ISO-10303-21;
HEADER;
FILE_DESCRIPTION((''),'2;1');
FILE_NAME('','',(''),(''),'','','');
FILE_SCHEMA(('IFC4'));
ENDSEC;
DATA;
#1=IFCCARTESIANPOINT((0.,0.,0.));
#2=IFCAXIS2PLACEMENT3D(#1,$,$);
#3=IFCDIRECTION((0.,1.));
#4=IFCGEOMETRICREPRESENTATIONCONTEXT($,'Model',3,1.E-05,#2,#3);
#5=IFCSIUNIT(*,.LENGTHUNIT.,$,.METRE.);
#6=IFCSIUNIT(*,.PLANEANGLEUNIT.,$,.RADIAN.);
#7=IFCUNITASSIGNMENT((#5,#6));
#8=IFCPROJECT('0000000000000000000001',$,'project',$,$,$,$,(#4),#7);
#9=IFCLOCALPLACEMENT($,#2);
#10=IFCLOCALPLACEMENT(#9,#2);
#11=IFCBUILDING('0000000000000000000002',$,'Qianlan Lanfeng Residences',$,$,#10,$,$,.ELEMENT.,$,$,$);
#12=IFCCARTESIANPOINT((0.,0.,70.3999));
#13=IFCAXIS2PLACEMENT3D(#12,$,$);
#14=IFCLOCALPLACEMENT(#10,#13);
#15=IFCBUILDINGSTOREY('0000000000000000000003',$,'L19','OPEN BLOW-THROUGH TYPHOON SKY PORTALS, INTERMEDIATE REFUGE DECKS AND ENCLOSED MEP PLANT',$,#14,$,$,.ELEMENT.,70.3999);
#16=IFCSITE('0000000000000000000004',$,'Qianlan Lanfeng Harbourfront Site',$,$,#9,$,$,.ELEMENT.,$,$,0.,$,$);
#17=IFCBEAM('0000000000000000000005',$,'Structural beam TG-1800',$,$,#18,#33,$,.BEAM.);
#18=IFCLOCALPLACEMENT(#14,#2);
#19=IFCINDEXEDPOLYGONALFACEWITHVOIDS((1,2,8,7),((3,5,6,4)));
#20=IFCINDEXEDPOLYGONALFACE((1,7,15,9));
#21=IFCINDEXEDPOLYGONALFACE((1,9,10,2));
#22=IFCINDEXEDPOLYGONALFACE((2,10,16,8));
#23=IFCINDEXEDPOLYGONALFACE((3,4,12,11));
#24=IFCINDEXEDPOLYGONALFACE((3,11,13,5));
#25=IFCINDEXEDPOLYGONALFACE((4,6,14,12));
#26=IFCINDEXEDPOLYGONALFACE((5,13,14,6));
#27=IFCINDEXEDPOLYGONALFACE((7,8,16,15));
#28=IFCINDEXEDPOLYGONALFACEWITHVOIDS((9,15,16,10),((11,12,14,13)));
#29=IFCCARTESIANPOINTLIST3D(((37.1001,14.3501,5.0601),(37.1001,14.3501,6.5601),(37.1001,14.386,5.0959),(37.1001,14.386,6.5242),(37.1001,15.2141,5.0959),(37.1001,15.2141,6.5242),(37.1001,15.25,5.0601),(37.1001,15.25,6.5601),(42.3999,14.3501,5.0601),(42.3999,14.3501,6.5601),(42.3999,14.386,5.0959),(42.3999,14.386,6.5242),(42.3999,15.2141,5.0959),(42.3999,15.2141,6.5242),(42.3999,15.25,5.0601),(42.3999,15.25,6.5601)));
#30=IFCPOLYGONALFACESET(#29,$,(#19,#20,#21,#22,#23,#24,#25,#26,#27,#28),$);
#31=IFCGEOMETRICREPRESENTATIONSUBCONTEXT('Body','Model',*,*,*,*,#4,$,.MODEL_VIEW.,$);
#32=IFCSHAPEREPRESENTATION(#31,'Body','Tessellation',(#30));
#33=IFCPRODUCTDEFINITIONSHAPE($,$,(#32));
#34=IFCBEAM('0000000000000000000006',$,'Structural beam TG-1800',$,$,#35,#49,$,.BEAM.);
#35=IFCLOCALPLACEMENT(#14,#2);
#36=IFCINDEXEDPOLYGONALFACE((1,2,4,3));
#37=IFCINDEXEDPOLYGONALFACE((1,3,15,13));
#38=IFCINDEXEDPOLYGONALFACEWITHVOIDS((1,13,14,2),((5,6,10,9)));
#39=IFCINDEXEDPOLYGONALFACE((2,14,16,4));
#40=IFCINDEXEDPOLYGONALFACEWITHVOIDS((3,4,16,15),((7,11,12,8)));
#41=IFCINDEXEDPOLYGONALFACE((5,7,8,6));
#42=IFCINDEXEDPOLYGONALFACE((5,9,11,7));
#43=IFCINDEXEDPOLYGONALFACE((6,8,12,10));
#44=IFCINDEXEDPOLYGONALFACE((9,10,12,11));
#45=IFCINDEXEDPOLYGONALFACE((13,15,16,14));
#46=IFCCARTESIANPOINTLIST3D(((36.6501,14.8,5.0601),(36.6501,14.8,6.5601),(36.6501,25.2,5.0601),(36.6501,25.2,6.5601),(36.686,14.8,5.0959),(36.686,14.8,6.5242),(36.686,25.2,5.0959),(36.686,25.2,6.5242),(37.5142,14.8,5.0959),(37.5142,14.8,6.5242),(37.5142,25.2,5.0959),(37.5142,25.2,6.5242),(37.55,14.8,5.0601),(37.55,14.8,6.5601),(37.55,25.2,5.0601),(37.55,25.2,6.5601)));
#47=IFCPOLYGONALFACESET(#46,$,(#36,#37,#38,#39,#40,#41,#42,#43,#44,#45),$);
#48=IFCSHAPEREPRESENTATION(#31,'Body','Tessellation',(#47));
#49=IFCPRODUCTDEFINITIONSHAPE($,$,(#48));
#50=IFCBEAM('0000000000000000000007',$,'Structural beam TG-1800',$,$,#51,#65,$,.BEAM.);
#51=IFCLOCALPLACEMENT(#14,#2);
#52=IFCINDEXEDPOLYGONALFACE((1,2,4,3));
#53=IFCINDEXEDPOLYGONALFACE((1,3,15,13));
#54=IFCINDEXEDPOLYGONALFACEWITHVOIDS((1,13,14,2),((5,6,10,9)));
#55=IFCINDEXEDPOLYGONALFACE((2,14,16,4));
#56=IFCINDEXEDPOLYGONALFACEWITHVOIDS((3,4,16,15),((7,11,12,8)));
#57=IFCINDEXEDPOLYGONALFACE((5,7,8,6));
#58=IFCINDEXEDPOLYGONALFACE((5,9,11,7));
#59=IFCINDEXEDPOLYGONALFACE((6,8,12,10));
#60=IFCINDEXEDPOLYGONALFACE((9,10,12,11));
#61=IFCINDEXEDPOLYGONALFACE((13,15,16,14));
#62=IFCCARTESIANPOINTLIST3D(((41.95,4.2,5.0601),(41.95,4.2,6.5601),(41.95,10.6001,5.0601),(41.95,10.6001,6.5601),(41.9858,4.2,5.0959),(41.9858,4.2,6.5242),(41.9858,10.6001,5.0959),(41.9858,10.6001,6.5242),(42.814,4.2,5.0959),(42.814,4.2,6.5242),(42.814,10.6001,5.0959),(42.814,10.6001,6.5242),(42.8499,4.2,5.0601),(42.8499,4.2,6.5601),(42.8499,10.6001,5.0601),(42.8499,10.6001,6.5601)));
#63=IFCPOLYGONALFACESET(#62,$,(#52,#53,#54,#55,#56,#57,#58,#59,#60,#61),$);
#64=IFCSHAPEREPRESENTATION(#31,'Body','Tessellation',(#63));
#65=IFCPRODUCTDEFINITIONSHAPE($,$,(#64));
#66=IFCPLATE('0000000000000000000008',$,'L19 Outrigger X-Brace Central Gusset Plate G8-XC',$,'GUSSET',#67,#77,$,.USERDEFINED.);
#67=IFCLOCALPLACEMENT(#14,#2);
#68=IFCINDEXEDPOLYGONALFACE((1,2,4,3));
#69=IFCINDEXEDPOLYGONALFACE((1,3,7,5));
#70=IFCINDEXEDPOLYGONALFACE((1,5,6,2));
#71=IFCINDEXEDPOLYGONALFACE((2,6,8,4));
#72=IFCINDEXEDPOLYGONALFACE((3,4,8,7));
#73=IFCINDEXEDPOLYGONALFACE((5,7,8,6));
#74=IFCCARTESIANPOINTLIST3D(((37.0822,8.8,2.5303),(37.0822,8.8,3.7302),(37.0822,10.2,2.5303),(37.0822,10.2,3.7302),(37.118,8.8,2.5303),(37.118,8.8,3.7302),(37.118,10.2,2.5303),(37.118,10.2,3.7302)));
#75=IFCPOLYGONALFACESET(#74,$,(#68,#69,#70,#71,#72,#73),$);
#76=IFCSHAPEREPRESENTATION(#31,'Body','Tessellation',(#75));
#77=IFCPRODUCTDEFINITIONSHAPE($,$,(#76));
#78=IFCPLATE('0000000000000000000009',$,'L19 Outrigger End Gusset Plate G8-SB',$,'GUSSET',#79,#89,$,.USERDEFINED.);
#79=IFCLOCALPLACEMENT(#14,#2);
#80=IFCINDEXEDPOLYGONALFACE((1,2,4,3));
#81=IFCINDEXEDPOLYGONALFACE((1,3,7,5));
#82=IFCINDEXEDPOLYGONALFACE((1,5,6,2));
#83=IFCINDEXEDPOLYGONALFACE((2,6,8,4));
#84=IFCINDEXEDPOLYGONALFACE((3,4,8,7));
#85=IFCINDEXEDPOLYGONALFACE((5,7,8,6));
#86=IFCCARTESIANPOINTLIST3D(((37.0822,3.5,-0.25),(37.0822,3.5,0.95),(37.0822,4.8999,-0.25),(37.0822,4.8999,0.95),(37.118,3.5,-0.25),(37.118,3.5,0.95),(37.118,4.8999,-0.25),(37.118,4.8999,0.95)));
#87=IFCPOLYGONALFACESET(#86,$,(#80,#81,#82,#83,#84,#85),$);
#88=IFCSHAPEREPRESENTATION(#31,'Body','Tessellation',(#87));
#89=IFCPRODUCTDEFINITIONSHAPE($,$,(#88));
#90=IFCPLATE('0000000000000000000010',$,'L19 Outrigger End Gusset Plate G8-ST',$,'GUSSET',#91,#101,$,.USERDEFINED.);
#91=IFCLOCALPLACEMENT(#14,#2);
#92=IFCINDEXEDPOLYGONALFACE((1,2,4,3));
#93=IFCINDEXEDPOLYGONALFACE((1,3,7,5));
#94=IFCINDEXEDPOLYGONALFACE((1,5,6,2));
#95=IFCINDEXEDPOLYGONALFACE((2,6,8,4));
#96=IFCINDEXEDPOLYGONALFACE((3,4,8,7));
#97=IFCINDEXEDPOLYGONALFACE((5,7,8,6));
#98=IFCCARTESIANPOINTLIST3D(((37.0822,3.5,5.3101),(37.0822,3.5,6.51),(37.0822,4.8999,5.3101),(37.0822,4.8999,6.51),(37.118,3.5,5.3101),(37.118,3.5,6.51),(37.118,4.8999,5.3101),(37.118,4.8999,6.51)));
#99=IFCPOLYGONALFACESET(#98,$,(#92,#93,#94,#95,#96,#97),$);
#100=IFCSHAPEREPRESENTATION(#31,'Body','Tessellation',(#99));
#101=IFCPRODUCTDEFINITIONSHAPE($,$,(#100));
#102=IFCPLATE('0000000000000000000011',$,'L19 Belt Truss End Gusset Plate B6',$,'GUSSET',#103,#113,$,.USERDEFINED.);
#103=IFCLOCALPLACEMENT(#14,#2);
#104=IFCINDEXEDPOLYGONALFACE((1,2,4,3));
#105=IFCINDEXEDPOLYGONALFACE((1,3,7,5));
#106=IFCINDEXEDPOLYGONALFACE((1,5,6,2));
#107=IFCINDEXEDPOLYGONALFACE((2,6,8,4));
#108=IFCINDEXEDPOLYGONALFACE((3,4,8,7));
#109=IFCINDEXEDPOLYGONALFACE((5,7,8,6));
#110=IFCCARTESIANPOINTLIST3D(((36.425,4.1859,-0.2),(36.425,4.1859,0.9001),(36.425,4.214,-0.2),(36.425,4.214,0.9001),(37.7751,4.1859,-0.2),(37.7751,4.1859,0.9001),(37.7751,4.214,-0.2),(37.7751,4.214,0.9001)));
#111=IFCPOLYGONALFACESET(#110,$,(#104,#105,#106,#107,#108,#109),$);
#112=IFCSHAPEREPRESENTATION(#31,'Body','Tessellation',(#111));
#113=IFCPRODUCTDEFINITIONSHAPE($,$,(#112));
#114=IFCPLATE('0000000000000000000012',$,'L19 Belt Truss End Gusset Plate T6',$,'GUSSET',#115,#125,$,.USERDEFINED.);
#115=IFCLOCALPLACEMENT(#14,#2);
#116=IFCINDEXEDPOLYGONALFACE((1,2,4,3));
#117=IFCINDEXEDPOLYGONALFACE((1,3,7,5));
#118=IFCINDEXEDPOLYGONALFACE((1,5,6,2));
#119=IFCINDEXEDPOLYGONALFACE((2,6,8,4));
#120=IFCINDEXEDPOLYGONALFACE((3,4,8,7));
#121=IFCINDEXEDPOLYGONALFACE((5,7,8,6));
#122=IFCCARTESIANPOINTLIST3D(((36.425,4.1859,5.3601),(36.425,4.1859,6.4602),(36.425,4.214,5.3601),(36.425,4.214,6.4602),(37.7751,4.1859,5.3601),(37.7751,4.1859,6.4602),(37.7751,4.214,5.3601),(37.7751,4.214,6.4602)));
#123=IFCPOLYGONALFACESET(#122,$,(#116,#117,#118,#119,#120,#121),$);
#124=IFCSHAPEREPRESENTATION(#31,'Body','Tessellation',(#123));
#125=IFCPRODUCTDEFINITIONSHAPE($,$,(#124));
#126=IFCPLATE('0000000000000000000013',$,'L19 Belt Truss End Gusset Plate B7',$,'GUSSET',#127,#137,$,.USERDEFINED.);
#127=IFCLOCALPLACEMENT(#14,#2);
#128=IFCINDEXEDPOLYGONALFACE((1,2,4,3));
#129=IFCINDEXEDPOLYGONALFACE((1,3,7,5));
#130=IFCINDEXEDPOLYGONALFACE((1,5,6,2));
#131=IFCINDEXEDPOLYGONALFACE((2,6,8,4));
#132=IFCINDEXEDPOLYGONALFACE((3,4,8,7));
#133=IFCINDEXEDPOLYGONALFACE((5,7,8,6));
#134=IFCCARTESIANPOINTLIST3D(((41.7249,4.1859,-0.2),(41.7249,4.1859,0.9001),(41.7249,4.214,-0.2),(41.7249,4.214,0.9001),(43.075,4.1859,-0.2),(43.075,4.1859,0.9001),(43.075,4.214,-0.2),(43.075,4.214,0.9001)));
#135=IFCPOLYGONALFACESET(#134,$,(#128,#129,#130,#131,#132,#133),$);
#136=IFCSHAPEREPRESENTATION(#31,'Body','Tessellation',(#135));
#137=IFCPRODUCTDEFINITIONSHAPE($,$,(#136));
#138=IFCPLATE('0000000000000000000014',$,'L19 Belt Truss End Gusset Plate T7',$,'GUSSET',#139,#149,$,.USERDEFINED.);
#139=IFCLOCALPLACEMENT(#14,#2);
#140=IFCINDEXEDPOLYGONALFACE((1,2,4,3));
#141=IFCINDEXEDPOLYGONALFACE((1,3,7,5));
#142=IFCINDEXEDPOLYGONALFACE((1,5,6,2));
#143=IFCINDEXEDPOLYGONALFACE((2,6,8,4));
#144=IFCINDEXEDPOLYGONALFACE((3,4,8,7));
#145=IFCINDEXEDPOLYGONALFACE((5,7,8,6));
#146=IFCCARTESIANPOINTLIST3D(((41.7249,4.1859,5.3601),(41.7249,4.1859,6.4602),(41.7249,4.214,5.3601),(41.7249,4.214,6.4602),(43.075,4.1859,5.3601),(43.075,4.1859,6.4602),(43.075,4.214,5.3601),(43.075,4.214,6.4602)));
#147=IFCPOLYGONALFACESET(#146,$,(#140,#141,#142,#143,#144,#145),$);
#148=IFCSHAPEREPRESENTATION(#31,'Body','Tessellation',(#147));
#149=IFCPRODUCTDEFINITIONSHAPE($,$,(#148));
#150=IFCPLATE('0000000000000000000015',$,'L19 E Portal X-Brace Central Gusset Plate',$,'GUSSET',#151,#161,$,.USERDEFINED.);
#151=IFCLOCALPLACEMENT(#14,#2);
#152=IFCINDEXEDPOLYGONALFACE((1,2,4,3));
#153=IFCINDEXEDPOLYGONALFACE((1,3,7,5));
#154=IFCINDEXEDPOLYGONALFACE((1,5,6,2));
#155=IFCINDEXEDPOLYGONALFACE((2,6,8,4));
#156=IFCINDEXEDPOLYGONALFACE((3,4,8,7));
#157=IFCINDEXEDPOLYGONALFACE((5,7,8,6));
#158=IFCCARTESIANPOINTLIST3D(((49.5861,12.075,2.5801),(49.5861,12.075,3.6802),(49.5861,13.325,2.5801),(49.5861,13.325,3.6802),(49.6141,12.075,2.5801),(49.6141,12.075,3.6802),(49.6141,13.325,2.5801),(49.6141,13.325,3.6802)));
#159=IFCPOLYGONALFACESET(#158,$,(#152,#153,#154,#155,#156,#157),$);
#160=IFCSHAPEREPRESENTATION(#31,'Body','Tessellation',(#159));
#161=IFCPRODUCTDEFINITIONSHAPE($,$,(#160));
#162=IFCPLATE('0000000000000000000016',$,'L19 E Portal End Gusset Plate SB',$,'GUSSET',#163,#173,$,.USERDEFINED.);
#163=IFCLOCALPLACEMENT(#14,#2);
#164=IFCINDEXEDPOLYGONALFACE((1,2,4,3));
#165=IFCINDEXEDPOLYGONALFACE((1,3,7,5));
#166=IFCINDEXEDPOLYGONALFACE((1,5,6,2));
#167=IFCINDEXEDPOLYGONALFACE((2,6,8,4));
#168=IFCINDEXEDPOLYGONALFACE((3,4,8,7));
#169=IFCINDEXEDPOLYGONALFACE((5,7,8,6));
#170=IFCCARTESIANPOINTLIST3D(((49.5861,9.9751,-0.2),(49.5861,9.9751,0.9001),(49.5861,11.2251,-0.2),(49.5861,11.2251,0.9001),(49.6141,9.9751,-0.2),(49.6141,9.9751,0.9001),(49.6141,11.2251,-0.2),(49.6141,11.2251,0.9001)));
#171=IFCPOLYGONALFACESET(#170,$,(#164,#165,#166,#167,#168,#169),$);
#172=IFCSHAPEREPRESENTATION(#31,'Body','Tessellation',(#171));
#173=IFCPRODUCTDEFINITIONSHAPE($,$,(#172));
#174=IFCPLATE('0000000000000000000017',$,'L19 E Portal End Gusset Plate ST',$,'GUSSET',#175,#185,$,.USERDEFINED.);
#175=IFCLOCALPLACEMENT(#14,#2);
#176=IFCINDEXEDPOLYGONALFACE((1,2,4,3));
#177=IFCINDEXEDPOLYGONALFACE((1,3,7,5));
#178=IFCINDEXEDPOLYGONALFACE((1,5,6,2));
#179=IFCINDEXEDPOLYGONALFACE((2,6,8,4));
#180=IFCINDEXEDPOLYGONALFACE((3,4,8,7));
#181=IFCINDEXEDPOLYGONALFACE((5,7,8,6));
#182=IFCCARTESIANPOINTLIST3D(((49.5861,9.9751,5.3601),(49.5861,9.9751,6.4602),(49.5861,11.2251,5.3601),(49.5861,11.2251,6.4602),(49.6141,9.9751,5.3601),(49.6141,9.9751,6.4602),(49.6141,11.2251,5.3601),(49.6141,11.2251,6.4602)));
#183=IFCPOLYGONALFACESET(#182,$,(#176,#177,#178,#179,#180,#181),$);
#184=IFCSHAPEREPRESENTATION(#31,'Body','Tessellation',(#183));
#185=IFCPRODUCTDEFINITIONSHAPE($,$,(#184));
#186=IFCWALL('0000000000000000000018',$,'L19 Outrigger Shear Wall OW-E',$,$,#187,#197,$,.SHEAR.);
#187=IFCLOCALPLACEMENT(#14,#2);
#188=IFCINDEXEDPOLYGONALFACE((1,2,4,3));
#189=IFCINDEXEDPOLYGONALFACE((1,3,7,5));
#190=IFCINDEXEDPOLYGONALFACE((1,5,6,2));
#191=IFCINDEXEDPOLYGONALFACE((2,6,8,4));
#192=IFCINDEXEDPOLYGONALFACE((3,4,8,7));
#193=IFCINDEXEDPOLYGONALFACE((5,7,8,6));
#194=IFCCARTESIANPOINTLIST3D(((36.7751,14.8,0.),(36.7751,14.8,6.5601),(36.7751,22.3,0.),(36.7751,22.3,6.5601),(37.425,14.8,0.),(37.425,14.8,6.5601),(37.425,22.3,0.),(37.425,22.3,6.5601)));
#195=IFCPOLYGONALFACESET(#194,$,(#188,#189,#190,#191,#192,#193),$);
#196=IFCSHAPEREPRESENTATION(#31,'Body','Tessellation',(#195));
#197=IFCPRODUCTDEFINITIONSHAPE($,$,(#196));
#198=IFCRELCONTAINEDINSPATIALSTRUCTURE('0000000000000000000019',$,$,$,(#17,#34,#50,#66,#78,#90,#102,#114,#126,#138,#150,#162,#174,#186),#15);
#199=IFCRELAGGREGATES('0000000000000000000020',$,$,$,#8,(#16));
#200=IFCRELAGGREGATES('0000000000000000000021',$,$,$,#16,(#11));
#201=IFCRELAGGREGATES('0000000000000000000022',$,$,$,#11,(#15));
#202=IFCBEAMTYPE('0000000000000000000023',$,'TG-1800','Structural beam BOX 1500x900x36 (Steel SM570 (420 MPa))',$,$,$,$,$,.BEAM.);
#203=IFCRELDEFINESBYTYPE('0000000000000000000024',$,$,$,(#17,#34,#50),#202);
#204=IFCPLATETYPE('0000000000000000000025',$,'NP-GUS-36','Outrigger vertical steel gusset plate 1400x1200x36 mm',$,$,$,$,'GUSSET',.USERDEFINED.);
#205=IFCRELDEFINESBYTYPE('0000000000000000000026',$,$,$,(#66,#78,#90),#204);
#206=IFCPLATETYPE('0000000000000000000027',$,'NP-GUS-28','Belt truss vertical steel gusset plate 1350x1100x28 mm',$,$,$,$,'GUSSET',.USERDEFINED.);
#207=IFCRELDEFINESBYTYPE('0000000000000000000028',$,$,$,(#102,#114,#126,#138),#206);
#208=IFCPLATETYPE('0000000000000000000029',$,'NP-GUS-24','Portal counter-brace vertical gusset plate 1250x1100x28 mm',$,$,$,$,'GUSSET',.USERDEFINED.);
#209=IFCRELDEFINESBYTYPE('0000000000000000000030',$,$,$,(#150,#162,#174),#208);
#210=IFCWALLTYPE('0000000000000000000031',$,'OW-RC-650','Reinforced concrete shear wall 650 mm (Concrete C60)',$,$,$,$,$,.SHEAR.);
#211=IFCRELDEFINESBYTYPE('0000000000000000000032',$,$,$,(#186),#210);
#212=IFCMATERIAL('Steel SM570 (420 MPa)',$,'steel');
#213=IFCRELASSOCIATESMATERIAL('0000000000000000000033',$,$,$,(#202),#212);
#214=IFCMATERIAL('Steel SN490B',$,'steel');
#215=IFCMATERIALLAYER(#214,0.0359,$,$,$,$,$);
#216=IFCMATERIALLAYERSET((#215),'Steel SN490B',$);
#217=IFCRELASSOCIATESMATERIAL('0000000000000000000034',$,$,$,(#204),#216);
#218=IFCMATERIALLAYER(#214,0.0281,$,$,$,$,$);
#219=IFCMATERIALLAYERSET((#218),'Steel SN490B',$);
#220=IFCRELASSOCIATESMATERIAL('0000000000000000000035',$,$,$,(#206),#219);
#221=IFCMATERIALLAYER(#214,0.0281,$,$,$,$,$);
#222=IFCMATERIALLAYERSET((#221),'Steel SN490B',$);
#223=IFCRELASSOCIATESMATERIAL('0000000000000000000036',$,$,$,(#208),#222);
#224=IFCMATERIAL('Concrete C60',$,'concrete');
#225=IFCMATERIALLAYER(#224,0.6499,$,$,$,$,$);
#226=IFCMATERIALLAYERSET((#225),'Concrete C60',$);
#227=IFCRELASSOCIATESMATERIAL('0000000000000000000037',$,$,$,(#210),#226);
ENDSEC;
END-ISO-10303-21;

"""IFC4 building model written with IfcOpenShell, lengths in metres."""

from ifc_helpers import new_model, si_unit, direction, frame, frame_2d, origin, origin_2d, place, context, subcontext, project, spatial, rectangle, hollow_rectangle, extrude, source, transform, mapped, material, layer, layer_set, material_profile, profile_set, type_object, element, save


model = new_model("IFC4")

# Units and contexts
model_context = context("Model", 3, precision=1e-05, world=origin(), true_north=direction((0.0, 1.0)))
body_context = subcontext(model_context, "Body", "Model", "MODEL_VIEW")
ifc_project = project(units=[si_unit("LENGTHUNIT", "METRE"), si_unit("PLANEANGLEUNIT", "RADIAN")], contexts=[model_context])

# Site, building, storey
site_placement = place(None, origin())
site = spatial("IfcSite", under=ifc_project, at=site_placement, Name="Qianlan Lanfeng Harbourfront Site", CompositionType="ELEMENT", RefElevation=0.0)
building_placement = place(site_placement, origin())
building = spatial("IfcBuilding", under=site, at=building_placement, Name="Qianlan Lanfeng Residences", CompositionType="ELEMENT")
storey_placement = place(building_placement, frame((0.0, 0.0, 70.3999)))
storey = spatial("IfcBuildingStorey", under=building, at=storey_placement, Name="L19", Description="OPEN BLOW-THROUGH TYPHOON SKY PORTALS, INTERMEDIATE REFUGE DECKS AND ENCLOSED MEP PLANT", CompositionType="ELEMENT", Elevation=70.3999)

# Shared definitions
ifc_material_1 = material(Name="Steel SN490B", Category="steel")

# Beams
ifc_material_2 = material(Name="Steel SM570 (420 MPa)", Category="steel")
ifc_material_profile_1 = material_profile(ifc_material_2, hollow_rectangle(XDim=0.8999, YDim=1.5, WallThickness=0.0359, at=origin_2d()), Name="BOX 1500x900x36")
ifc_profile_set_1 = profile_set([ifc_material_profile_1], Name="Steel SM570 (420 MPa)")
beam_type_1 = type_object("IfcBeamType", Name="TG-1800", Description="Structural beam BOX 1500x900x36 (Steel SM570 (420 MPa))", PredefinedType="BEAM", material=ifc_profile_set_1)
beam_1_placement = place(storey_placement, frame((37.1001, 14.8, 5.8101), z_axis=(1.0, 0.0, 0.0), x_axis=(0.0, 1.0, 0.0)))
element("IfcBeam", 1, at=beam_1_placement, inside=storey, type_object=beam_type_1, Name="Structural beam TG-1800", PredefinedType="BEAM", context=body_context, shape_type="SweptSolid", body=[
    extrude(hollow_rectangle(XDim=0.8999, YDim=1.5, WallThickness=0.0359, at=origin_2d()), origin(), (0.0, 0.0, 1.0), 5.2998),
])
beam_2_placement = place(storey_placement, frame((37.1001, 14.8, 5.8101), z_axis=(0.0, 1.0, 0.0), x_axis=(-1.0, 0.0, 0.0)))
element("IfcBeam", 2, at=beam_2_placement, inside=storey, type_object=beam_type_1, Name="Structural beam TG-1800", PredefinedType="BEAM", context=body_context, shape_type="SweptSolid", body=[
    extrude(hollow_rectangle(XDim=0.8999, YDim=1.5, WallThickness=0.0359, at=origin_2d()), origin(), (0.0, 0.0, 1.0), 10.3999),
])
beam_3_placement = place(storey_placement, frame((42.3999, 4.2, 5.8101), z_axis=(0.0, 1.0, 0.0), x_axis=(-1.0, 0.0, 0.0)))
element("IfcBeam", 3, at=beam_3_placement, inside=storey, type_object=beam_type_1, Name="Structural beam TG-1800", PredefinedType="BEAM", context=body_context, shape_type="SweptSolid", body=[
    extrude(hollow_rectangle(XDim=0.8999, YDim=1.5, WallThickness=0.0359, at=origin_2d()), origin(), (0.0, 0.0, 1.0), 6.4001),
])

# Plates
ifc_layer_1 = layer(ifc_material_1, 0.0359)
ifc_layer_set_1 = layer_set([ifc_layer_1], Name="Steel SN490B")
plate_type_1 = type_object("IfcPlateType", Name="NP-GUS-36", Description="Outrigger vertical steel gusset plate 1400x1200x36 mm", ElementType="GUSSET", PredefinedType="USERDEFINED", material=ifc_layer_set_1)
shared_shape_1 = source(origin(), body_context, "Body", "SweptSolid", [
    extrude(rectangle(XDim=0.0359, YDim=1.3999, at=origin_2d()), origin(), (0.0, 0.0, 1.0), 1.2),
])
for number, where, z_axis, x_axis, name in (
    (4, (37.1001, 9.5, 2.5303), (0.0, 0.0, 1.0), (1.0, 0.0, 0.0), "L19 Outrigger X-Brace Central Gusset Plate G8-XC"),
    (5, (37.1001, 4.2, -0.25), (0.0, 0.0, 1.0), (1.0, 0.0, 0.0), "L19 Outrigger End Gusset Plate G8-SB"),
    (6, (37.1001, 4.2, 5.3101), (0.0, 0.0, 1.0), (1.0, 0.0, 0.0), "L19 Outrigger End Gusset Plate G8-ST"),
):
    element("IfcPlate", number, at=place(storey_placement, frame(where, z_axis=z_axis, x_axis=x_axis)), inside=storey, type_object=plate_type_1, Name=name, ObjectType="GUSSET", PredefinedType="USERDEFINED", context=body_context, shape_type="MappedRepresentation", body=[
        mapped(shared_shape_1, transform((0.0, 0.0, 0.0), scale=1.0)),
    ])
ifc_layer_2 = layer(ifc_material_1, 0.0281)
ifc_layer_set_2 = layer_set([ifc_layer_2], Name="Steel SN490B")
plate_type_2 = type_object("IfcPlateType", Name="NP-GUS-28", Description="Belt truss vertical steel gusset plate 1350x1100x28 mm", ElementType="GUSSET", PredefinedType="USERDEFINED", material=ifc_layer_set_2)
shared_shape_2 = source(origin(), body_context, "Body", "SweptSolid", [
    extrude(rectangle(XDim=1.3501, YDim=0.0281, at=origin_2d()), origin(), (0.0, 0.0, 1.0), 1.1001),
])
for number, where, z_axis, x_axis, name in (
    (7, (37.1001, 4.2, -0.2), (0.0, 0.0, 1.0), (1.0, 0.0, 0.0), "L19 Belt Truss End Gusset Plate B6"),
    (8, (37.1001, 4.2, 5.3601), (0.0, 0.0, 1.0), (1.0, 0.0, 0.0), "L19 Belt Truss End Gusset Plate T6"),
    (9, (42.3999, 4.2, -0.2), (0.0, 0.0, 1.0), (1.0, 0.0, 0.0), "L19 Belt Truss End Gusset Plate B7"),
    (10, (42.3999, 4.2, 5.3601), (0.0, 0.0, 1.0), (1.0, 0.0, 0.0), "L19 Belt Truss End Gusset Plate T7"),
):
    element("IfcPlate", number, at=place(storey_placement, frame(where, z_axis=z_axis, x_axis=x_axis)), inside=storey, type_object=plate_type_2, Name=name, ObjectType="GUSSET", PredefinedType="USERDEFINED", context=body_context, shape_type="MappedRepresentation", body=[
        mapped(shared_shape_2, transform((0.0, 0.0, 0.0), scale=1.0)),
    ])
ifc_layer_3 = layer(ifc_material_1, 0.0281)
ifc_layer_set_3 = layer_set([ifc_layer_3], Name="Steel SN490B")
plate_type_3 = type_object("IfcPlateType", Name="NP-GUS-24", Description="Portal counter-brace vertical gusset plate 1250x1100x28 mm", ElementType="GUSSET", PredefinedType="USERDEFINED", material=ifc_layer_set_3)
shared_shape_3 = source(origin(), body_context, "Body", "SweptSolid", [
    extrude(rectangle(XDim=0.0281, YDim=1.25, at=origin_2d()), origin(), (0.0, 0.0, 1.0), 1.1001),
])
for number, where, z_axis, x_axis, name in (
    (11, (49.6001, 12.7, 2.5801), (0.0, 0.0, 1.0), (1.0, 0.0, 0.0), "L19 E Portal X-Brace Central Gusset Plate"),
    (12, (49.6001, 10.6001, -0.2), (0.0, 0.0, 1.0), (1.0, 0.0, 0.0), "L19 E Portal End Gusset Plate SB"),
    (13, (49.6001, 10.6001, 5.3601), (0.0, 0.0, 1.0), (1.0, 0.0, 0.0), "L19 E Portal End Gusset Plate ST"),
):
    element("IfcPlate", number, at=place(storey_placement, frame(where, z_axis=z_axis, x_axis=x_axis)), inside=storey, type_object=plate_type_3, Name=name, ObjectType="GUSSET", PredefinedType="USERDEFINED", context=body_context, shape_type="MappedRepresentation", body=[
        mapped(shared_shape_3, transform((0.0, 0.0, 0.0), scale=1.0)),
    ])

# Wall
ifc_material_3 = material(Name="Concrete C60", Category="concrete")
ifc_layer_4 = layer(ifc_material_3, 0.6499)
ifc_layer_set_4 = layer_set([ifc_layer_4], Name="Concrete C60")
wall_type_1 = type_object("IfcWallType", Name="OW-RC-650", Description="Reinforced concrete shear wall 650 mm (Concrete C60)", PredefinedType="SHEAR", material=ifc_layer_set_4)
wall_1_placement = place(storey_placement, frame((37.1001, 14.8, 0.0), z_axis=(0.0, 0.0, 1.0), x_axis=(0.0, 1.0, 0.0)))
element("IfcWall", 14, at=wall_1_placement, inside=storey, type_object=wall_type_1, Name="L19 Outrigger Shear Wall OW-E", PredefinedType="SHEAR", context=body_context, shape_type="SweptSolid", body=[
    extrude(rectangle(XDim=7.5, YDim=0.6499, at=frame_2d((3.75, 0.0))), origin(), (0.0, 0.0, 1.0), 6.5601),
])

save(model, "model.ifc")
